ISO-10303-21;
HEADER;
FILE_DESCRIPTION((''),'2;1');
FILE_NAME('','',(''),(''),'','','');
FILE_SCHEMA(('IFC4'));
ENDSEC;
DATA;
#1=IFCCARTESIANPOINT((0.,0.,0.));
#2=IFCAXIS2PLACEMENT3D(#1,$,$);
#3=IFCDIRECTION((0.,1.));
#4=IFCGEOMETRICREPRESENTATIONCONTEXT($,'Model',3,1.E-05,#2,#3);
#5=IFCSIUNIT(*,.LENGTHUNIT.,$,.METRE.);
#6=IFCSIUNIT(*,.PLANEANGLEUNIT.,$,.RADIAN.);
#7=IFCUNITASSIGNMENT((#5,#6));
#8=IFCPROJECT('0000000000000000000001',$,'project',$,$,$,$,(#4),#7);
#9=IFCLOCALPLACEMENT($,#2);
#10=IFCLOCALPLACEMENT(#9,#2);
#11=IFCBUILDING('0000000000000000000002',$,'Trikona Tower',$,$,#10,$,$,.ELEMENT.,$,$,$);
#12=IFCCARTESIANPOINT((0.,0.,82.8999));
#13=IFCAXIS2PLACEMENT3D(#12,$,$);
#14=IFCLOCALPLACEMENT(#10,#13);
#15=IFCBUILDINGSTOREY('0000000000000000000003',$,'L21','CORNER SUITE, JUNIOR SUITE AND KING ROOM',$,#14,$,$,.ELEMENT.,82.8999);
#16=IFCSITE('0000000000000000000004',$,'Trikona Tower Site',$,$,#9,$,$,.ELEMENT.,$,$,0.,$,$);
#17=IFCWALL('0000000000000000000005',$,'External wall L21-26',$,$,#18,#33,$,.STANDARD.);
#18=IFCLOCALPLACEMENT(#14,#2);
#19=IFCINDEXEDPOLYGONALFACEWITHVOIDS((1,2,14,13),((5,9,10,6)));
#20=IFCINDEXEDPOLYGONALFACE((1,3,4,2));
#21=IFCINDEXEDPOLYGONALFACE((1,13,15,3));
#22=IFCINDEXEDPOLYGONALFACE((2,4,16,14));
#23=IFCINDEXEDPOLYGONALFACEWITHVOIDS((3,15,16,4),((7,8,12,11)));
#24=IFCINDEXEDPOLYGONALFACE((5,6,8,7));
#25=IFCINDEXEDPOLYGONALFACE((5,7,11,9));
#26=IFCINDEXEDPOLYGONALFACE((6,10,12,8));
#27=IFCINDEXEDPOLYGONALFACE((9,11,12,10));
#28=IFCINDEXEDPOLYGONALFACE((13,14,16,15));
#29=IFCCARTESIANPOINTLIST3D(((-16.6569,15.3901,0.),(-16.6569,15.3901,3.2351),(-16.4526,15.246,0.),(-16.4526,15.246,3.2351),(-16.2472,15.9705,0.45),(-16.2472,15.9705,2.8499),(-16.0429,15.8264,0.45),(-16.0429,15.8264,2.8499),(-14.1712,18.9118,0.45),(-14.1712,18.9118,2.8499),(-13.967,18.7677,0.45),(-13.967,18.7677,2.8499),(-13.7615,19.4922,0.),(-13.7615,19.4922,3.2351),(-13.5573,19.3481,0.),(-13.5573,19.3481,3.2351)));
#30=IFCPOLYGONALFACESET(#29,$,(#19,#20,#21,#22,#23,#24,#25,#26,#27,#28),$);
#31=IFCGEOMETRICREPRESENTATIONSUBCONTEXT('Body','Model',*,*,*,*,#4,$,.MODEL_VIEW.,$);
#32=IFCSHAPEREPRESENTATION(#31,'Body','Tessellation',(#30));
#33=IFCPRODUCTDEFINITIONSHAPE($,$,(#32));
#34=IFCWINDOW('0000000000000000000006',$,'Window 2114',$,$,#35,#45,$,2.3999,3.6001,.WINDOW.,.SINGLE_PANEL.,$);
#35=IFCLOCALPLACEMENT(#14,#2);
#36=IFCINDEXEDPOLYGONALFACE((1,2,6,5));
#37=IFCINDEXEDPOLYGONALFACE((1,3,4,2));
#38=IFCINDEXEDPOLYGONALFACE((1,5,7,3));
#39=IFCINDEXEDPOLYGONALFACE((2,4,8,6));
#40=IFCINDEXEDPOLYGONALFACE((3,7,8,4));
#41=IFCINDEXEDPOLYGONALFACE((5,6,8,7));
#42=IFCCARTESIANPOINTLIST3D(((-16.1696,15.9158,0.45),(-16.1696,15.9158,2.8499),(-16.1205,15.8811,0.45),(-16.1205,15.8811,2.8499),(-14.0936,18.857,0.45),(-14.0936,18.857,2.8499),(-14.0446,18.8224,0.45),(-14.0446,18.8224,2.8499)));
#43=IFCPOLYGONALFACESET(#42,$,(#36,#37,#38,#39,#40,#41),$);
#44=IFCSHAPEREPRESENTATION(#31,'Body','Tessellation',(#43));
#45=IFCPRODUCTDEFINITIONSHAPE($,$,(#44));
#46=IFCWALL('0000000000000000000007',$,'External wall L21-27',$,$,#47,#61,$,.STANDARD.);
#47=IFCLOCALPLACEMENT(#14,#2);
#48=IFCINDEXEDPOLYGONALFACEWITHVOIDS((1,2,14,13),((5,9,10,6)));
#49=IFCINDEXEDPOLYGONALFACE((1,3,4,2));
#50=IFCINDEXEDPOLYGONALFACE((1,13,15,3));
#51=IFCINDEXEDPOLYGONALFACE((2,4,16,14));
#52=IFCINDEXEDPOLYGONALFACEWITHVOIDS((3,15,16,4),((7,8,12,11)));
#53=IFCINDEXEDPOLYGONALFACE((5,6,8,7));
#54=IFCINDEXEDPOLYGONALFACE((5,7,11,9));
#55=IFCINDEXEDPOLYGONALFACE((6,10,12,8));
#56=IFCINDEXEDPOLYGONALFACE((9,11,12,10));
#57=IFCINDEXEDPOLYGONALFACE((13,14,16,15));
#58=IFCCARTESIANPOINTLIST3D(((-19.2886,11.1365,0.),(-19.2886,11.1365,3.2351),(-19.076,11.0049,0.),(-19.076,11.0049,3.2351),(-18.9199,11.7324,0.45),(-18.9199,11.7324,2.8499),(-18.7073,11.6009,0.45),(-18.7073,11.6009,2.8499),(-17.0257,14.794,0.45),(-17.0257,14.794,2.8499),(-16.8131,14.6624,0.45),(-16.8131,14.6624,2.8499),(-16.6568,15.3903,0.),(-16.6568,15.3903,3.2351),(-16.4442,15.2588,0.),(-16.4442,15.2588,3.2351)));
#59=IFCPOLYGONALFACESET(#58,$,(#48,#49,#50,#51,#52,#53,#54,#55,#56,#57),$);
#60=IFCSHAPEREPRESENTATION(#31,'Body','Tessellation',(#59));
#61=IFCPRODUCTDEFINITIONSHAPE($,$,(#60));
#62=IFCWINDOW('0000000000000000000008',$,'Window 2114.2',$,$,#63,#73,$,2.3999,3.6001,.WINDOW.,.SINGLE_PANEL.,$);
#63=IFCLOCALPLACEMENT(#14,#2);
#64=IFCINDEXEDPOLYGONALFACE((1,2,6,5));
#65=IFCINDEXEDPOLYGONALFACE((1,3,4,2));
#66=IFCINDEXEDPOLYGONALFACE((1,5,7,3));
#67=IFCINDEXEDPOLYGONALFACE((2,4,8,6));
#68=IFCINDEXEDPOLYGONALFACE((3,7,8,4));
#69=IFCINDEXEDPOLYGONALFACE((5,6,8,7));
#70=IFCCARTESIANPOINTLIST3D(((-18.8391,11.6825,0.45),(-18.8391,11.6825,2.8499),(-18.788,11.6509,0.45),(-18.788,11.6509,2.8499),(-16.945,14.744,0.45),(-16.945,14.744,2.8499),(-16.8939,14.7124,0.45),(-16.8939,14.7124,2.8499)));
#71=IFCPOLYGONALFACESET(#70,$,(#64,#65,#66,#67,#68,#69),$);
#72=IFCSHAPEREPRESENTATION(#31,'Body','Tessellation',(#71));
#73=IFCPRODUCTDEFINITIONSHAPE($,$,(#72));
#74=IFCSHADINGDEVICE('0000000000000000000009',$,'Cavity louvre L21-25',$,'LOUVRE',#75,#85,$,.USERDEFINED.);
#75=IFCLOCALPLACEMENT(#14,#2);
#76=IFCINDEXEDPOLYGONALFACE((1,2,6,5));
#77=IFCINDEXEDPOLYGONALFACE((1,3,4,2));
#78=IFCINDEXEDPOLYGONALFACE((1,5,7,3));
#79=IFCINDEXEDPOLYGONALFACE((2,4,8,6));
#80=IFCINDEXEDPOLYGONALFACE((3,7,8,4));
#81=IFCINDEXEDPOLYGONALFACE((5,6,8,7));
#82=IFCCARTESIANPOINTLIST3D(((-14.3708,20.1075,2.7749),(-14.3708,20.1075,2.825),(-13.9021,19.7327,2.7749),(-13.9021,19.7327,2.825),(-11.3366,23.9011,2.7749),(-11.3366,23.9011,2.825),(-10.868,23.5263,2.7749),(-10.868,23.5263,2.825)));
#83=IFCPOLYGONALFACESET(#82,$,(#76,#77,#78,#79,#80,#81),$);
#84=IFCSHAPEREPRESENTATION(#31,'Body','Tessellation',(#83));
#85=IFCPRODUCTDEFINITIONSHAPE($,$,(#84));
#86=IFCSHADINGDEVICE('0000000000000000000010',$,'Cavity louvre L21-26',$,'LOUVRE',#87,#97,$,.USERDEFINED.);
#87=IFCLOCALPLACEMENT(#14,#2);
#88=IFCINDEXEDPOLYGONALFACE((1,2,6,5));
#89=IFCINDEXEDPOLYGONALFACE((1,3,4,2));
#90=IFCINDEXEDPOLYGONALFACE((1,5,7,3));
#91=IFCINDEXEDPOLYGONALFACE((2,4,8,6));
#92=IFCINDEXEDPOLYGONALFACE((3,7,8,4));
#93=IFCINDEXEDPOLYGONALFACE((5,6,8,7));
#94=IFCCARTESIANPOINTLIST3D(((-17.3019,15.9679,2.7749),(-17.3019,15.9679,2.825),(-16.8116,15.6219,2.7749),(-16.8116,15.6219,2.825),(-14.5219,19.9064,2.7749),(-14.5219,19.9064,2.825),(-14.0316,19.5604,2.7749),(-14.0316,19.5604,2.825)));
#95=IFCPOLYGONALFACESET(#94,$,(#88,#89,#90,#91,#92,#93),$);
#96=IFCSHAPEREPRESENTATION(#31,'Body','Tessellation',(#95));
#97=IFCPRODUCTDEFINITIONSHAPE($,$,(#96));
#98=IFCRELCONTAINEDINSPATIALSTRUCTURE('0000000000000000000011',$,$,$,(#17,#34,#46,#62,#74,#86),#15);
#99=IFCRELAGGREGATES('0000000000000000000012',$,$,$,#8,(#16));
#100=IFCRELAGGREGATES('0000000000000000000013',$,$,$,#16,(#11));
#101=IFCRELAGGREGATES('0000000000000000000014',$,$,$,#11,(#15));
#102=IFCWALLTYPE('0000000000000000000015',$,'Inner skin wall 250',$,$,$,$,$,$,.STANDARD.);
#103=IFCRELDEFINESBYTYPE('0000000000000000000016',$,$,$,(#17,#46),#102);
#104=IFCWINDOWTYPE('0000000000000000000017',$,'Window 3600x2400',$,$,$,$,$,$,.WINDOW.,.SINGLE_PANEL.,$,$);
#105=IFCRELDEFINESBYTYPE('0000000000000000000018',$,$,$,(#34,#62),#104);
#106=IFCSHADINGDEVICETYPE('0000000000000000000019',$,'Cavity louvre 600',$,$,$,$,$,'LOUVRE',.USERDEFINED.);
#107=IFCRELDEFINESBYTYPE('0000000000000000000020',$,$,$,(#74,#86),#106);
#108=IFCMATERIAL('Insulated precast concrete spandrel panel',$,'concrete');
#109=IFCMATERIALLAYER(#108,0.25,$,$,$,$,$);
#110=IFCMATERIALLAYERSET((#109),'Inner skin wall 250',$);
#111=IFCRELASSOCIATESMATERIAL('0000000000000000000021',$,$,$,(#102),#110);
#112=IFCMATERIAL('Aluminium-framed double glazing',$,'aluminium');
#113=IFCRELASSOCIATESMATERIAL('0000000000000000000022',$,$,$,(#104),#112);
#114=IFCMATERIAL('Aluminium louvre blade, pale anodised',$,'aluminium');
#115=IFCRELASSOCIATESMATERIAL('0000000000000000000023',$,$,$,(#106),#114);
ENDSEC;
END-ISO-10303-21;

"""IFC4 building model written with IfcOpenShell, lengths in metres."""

from ifc_helpers import new_model, si_unit, direction, frame, frame_2d, origin, origin_2d, place, context, subcontext, project, spatial, rectangle, extrude, material, layer, layer_set, type_object, element, fill, save


model = new_model("IFC4")

# Units and contexts
model_context = context("Model", 3, precision=1e-05, world=origin(), true_north=direction((0.0, 1.0)))
body_context = subcontext(model_context, "Body", "Model", "MODEL_VIEW")
ifc_project = project(units=[si_unit("LENGTHUNIT", "METRE"), si_unit("PLANEANGLEUNIT", "RADIAN")], contexts=[model_context])

# Site, building, storey
site_placement = place(None, origin())
site = spatial("IfcSite", under=ifc_project, at=site_placement, Name="Trikona Tower Site", CompositionType="ELEMENT", RefElevation=0.0)
building_placement = place(site_placement, origin())
building = spatial("IfcBuilding", under=site, at=building_placement, Name="Trikona Tower", CompositionType="ELEMENT")
storey_placement = place(building_placement, frame((0.0, 0.0, 82.8999)))
storey = spatial("IfcBuildingStorey", under=building, at=storey_placement, Name="L21", Description="CORNER SUITE, JUNIOR SUITE AND KING ROOM", CompositionType="ELEMENT", Elevation=82.8999)

# Walls, openings, windows
ifc_material_1 = material(Name="Insulated precast concrete spandrel panel", Category="concrete")
ifc_layer_1 = layer(ifc_material_1, 0.25)
ifc_layer_set_1 = layer_set([ifc_layer_1], Name="Inner skin wall 250")
wall_type = type_object("IfcWallType", Name="Inner skin wall 250", PredefinedType="STANDARD", material=ifc_layer_set_1)
ifc_material_2 = material(Name="Aluminium-framed double glazing", Category="aluminium")
window_type = type_object("IfcWindowType", Name="Window 3600x2400", PartitioningType="SINGLE_PANEL", PredefinedType="WINDOW", material=ifc_material_2)
wall_1_placement = place(storey_placement, frame((-13.6594, 19.4202, 0.0), z_axis=(0.0, 0.0, 1.0), x_axis=(-0.576643, -0.816996, 0.0)))
wall_1 = element("IfcWall", 1, at=wall_1_placement, inside=storey, type_object=wall_type, Name="External wall L21-26", PredefinedType="STANDARD", context=body_context, shape_type="SweptSolid", body=[
    extrude(rectangle(XDim=5.021, YDim=0.25, at=frame_2d((2.5105, 0.0))), origin(), (0.0, 0.0, 1.0), 3.2351),
])
opening_1_placement = place(wall_1_placement, frame((0.7104, 0.0, 0.45)))
opening_1 = element("IfcOpeningElement", 2, at=opening_1_placement, cuts=wall_1, PredefinedType="OPENING", context=body_context, shape_type="SweptSolid", body=[
    extrude(rectangle(XDim=3.6001, YDim=2.3999, at=frame_2d((1.8, 1.2))), frame((0.0, 0.135, 0.0), z_axis=(0.0, -1.0, 0.0), x_axis=(1.0, 0.0, 0.0)), (0.0, 0.0, 1.0), 0.27),
])
window_1_placement = place(opening_1_placement, origin())
window_1 = element("IfcWindow", 3, at=window_1_placement, inside=storey, type_object=window_type, Name="Window 2114", OverallHeight=2.3999, OverallWidth=3.6001, PartitioningType="SINGLE_PANEL", PredefinedType="WINDOW", context=body_context, shape_type="SweptSolid", body=[
    extrude(rectangle(XDim=3.6001, YDim=2.3999, at=frame_2d((1.8, 1.2))), frame((0.0, 0.03, 0.0), z_axis=(0.0, -1.0, 0.0), x_axis=(1.0, 0.0, 0.0)), (0.0, 0.0, 1.0), 0.0601),
])
fill(opening_1, window_1)
wall_2_placement = place(storey_placement, frame((-16.5505, 15.3245, 0.0), z_axis=(0.0, 0.0, 1.0), x_axis=(-0.526133, -0.850402, 0.0)))
wall_2 = element("IfcWall", 4, at=wall_2_placement, inside=storey, type_object=wall_type, Name="External wall L21-27", PredefinedType="STANDARD", context=body_context, shape_type="SweptSolid", body=[
    extrude(rectangle(XDim=5.0022, YDim=0.25, at=frame_2d((2.501, 0.0))), origin(), (0.0, 0.0, 1.0), 3.2351),
])
opening_2_placement = place(wall_2_placement, frame((0.7012, 0.0, 0.45)))
opening_2 = element("IfcOpeningElement", 5, at=opening_2_placement, cuts=wall_2, PredefinedType="OPENING", context=body_context, shape_type="SweptSolid", body=[
    extrude(rectangle(XDim=3.6001, YDim=2.3999, at=frame_2d((1.8, 1.2))), frame((0.0, 0.135, 0.0), z_axis=(0.0, -1.0, 0.0), x_axis=(1.0, 0.0, 0.0)), (0.0, 0.0, 1.0), 0.27),
])
window_2_placement = place(opening_2_placement, origin())
window_2 = element("IfcWindow", 6, at=window_2_placement, inside=storey, type_object=window_type, Name="Window 2114.2", OverallHeight=2.3999, OverallWidth=3.6001, PartitioningType="SINGLE_PANEL", PredefinedType="WINDOW", context=body_context, shape_type="SweptSolid", body=[
    extrude(rectangle(XDim=3.6001, YDim=2.3999, at=frame_2d((1.8, 1.2))), frame((0.0, 0.03, 0.0), z_axis=(0.0, -1.0, 0.0), x_axis=(1.0, 0.0, 0.0)), (0.0, 0.0, 1.0), 0.0601),
])
fill(opening_2, window_2)

# Shading devices
ifc_material_3 = material(Name="Aluminium louvre blade, pale anodised", Category="aluminium")
shading_device_type = type_object("IfcShadingDeviceType", Name="Cavity louvre 600", ElementType="LOUVRE", PredefinedType="USERDEFINED", material=ifc_material_3)
shading_device_1_placement = place(storey_placement, frame((-12.6194, 21.8169, 2.7749), z_axis=(0.0, 0.0, 1.0), x_axis=(-0.624604, -0.780942, 0.0)))
element("IfcShadingDevice", 7, at=shading_device_1_placement, inside=storey, type_object=shading_device_type, Name="Cavity louvre L21-25", ObjectType="LOUVRE", PredefinedType="USERDEFINED", context=body_context, shape_type="SweptSolid", body=[
    extrude(rectangle(XDim=4.8577, YDim=0.6001, at=origin_2d()), origin(), (0.0, 0.0, 1.0), 0.05),
])
shading_device_2_placement = place(storey_placement, frame((-15.6667, 17.7642, 2.7749), z_axis=(0.0, 0.0, 1.0), x_axis=(-0.576662, -0.816983, 0.0)))
element("IfcShadingDevice", 8, at=shading_device_2_placement, inside=storey, type_object=shading_device_type, Name="Cavity louvre L21-26", ObjectType="LOUVRE", PredefinedType="USERDEFINED", context=body_context, shape_type="SweptSolid", body=[
    extrude(rectangle(XDim=4.8208, YDim=0.6001, at=origin_2d()), origin(), (0.0, 0.0, 1.0), 0.05),
])

save(model, "model.ifc")
